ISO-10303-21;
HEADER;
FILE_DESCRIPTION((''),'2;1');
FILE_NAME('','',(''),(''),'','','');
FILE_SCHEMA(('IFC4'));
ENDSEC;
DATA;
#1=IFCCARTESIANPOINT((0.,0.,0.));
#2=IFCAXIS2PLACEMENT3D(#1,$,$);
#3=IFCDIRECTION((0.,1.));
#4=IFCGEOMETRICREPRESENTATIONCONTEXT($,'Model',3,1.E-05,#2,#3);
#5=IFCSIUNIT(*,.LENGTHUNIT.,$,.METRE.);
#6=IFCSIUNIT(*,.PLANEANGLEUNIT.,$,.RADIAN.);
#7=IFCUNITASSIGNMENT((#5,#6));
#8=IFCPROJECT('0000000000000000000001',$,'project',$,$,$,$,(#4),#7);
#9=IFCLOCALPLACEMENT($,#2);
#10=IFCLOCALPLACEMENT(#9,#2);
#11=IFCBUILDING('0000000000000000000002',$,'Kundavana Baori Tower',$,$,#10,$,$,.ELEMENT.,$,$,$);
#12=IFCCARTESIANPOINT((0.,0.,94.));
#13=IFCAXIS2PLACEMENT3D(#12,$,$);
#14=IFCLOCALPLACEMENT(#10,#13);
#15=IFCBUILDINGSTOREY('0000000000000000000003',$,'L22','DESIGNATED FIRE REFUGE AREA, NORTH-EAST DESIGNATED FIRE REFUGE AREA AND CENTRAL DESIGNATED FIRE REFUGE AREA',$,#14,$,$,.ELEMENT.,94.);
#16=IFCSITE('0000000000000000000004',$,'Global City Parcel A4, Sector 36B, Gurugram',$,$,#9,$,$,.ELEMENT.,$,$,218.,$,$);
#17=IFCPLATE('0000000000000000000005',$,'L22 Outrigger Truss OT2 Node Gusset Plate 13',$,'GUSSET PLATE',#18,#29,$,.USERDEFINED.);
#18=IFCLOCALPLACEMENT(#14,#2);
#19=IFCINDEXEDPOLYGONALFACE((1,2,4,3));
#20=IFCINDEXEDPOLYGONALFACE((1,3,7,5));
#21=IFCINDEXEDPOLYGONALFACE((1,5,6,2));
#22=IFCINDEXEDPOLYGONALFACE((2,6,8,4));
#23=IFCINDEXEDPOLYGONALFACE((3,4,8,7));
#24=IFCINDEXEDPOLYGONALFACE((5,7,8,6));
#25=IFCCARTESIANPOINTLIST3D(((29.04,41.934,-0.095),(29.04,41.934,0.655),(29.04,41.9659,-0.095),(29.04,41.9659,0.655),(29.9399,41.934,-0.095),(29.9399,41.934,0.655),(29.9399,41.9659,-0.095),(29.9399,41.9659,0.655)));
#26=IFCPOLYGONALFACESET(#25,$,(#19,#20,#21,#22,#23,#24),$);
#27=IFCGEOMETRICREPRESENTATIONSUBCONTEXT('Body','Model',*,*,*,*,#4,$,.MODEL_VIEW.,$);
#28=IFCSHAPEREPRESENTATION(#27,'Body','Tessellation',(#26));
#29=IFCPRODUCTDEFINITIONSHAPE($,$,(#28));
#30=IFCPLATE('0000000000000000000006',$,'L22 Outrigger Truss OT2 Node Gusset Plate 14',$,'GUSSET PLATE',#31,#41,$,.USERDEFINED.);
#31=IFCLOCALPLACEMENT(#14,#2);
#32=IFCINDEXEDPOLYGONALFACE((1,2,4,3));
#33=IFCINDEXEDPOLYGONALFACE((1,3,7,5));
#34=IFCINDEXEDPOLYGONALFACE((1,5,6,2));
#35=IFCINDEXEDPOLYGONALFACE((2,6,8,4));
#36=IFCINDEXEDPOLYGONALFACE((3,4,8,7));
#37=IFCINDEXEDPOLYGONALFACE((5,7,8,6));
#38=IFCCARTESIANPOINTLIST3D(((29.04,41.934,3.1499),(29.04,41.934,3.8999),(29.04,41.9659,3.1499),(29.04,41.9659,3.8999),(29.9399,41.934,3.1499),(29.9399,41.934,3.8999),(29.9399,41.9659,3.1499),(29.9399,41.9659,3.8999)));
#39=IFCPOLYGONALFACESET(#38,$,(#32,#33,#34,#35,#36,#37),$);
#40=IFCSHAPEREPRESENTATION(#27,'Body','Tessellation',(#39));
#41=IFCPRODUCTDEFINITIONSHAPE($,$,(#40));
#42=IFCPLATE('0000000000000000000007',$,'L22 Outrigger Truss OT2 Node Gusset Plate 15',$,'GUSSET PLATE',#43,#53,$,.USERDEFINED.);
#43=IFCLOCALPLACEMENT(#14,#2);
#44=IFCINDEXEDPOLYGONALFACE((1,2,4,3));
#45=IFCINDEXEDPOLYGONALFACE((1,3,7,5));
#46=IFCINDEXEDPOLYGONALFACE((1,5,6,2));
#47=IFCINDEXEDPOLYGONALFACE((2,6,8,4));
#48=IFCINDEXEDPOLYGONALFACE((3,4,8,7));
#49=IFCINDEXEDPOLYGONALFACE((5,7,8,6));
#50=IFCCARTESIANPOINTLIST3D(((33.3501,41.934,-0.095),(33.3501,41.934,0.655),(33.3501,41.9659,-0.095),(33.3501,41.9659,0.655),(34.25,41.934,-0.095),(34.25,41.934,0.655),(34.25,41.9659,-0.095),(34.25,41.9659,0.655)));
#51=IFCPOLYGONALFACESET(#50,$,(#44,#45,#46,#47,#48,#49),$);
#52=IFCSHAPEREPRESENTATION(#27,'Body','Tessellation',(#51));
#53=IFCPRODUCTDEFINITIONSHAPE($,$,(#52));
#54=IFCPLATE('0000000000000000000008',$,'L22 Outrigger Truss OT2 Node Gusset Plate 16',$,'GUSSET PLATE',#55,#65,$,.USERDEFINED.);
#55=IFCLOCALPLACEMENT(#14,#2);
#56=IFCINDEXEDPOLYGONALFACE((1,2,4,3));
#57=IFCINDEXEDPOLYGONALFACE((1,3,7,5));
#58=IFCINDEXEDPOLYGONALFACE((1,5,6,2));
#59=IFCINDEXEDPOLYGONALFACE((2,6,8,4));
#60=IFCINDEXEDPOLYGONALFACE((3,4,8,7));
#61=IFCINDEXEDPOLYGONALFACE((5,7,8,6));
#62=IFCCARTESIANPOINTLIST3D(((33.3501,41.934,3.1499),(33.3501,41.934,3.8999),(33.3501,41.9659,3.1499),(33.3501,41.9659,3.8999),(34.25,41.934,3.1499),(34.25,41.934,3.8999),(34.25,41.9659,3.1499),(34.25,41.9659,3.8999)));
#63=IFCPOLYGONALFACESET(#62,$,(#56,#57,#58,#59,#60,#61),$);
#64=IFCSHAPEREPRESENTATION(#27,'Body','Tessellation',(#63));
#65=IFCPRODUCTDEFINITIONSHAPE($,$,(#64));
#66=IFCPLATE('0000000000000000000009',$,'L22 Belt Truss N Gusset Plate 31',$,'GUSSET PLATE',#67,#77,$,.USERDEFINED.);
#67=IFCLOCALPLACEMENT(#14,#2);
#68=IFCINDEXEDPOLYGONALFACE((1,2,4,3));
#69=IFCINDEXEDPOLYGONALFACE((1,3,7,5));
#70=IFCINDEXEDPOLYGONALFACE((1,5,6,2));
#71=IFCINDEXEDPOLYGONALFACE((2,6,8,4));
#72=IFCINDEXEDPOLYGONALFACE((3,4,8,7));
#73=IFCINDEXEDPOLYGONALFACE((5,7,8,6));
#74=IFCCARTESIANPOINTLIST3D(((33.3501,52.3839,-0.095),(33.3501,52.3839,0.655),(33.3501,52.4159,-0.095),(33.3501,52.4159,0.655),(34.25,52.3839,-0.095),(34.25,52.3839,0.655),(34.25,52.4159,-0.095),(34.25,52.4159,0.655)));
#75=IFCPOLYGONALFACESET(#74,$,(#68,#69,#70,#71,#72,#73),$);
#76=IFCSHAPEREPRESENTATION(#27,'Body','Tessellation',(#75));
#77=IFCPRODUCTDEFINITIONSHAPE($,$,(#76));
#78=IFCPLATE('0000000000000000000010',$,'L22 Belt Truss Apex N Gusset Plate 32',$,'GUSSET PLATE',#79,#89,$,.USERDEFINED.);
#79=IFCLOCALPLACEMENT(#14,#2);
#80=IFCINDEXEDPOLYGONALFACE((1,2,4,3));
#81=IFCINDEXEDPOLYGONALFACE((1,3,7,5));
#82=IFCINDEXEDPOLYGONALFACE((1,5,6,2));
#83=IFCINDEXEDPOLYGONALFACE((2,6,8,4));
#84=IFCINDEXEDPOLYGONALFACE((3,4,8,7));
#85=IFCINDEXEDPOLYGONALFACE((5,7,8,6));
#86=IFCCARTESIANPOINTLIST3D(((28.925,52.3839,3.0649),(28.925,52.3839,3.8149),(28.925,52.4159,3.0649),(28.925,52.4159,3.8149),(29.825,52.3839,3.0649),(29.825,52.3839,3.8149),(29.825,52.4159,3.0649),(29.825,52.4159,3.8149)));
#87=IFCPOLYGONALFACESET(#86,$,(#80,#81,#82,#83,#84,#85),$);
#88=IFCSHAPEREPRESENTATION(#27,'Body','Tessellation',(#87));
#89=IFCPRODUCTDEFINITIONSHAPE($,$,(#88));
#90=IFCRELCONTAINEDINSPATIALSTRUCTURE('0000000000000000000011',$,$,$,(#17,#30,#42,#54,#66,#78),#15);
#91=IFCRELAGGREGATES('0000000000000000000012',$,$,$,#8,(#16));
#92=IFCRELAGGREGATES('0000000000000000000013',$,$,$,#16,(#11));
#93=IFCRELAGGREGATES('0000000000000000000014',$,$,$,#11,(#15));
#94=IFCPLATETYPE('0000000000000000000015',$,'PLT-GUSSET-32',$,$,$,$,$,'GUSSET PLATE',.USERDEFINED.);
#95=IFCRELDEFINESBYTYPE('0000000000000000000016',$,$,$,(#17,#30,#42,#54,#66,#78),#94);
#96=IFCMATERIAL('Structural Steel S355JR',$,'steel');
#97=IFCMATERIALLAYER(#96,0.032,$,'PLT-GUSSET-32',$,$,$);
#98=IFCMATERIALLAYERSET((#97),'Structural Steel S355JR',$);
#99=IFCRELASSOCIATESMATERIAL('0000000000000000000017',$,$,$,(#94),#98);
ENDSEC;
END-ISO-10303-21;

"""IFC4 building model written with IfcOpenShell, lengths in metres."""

from ifc_helpers import new_model, si_unit, direction, frame, origin, origin_2d, place, context, subcontext, project, spatial, rectangle, extrude, material, layer, layer_set, type_object, element, save


model = new_model("IFC4")

# Units and contexts
model_context = context("Model", 3, precision=1e-05, world=origin(), true_north=direction((0.0, 1.0)))
body_context = subcontext(model_context, "Body", "Model", "MODEL_VIEW")
ifc_project = project(units=[si_unit("LENGTHUNIT", "METRE"), si_unit("PLANEANGLEUNIT", "RADIAN")], contexts=[model_context])

# Site, building, storey
site_placement = place(None, origin())
site = spatial("IfcSite", under=ifc_project, at=site_placement, Name="Global City Parcel A4, Sector 36B, Gurugram", CompositionType="ELEMENT", RefElevation=218.0)
building_placement = place(site_placement, origin())
building = spatial("IfcBuilding", under=site, at=building_placement, Name="Kundavana Baori Tower", CompositionType="ELEMENT")
storey_placement = place(building_placement, frame((0.0, 0.0, 94.0)))
storey = spatial("IfcBuildingStorey", under=building, at=storey_placement, Name="L22", Description="DESIGNATED FIRE REFUGE AREA, NORTH-EAST DESIGNATED FIRE REFUGE AREA AND CENTRAL DESIGNATED FIRE REFUGE AREA", CompositionType="ELEMENT", Elevation=94.0)

# Plates
ifc_material_1 = material(Name="Structural Steel S355JR", Category="steel")
ifc_layer = layer(ifc_material_1, 0.032, Name="PLT-GUSSET-32")
ifc_layer_set = layer_set([ifc_layer], Name="Structural Steel S355JR")
plate_type = type_object("IfcPlateType", Name="PLT-GUSSET-32", ElementType="GUSSET PLATE", PredefinedType="USERDEFINED", material=ifc_layer_set)
for number, where, z_axis, x_axis, name in (
    (1, (29.49, 41.95, -0.095), (0.0, 0.0, 1.0), (1.0, 0.0, 0.0), "L22 Outrigger Truss OT2 Node Gusset Plate 13"),
    (2, (29.49, 41.95, 3.1499), (0.0, 0.0, 1.0), (1.0, 0.0, 0.0), "L22 Outrigger Truss OT2 Node Gusset Plate 14"),
    (3, (33.8, 41.95, -0.095), (0.0, 0.0, 1.0), (1.0, 0.0, 0.0), "L22 Outrigger Truss OT2 Node Gusset Plate 15"),
    (4, (33.8, 41.95, 3.1499), (0.0, 0.0, 1.0), (1.0, 0.0, 0.0), "L22 Outrigger Truss OT2 Node Gusset Plate 16"),
    (5, (33.8, 52.3999, -0.095), (0.0, 0.0, 1.0), (1.0, 0.0, 0.0), "L22 Belt Truss N Gusset Plate 31"),
    (6, (29.375, 52.3999, 3.0649), (0.0, 0.0, 1.0), (1.0, 0.0, 0.0), "L22 Belt Truss Apex N Gusset Plate 32"),
):
    element("IfcPlate", number, at=place(storey_placement, frame(where, z_axis=z_axis, x_axis=x_axis)), inside=storey, type_object=plate_type, Name=name, ObjectType="GUSSET PLATE", PredefinedType="USERDEFINED", context=body_context, shape_type="SweptSolid", body=[
        extrude(rectangle(XDim=0.8999, YDim=0.032, at=origin_2d()), origin(), (0.0, 0.0, 1.0), 0.75),
    ])

save(model, "model.ifc")
